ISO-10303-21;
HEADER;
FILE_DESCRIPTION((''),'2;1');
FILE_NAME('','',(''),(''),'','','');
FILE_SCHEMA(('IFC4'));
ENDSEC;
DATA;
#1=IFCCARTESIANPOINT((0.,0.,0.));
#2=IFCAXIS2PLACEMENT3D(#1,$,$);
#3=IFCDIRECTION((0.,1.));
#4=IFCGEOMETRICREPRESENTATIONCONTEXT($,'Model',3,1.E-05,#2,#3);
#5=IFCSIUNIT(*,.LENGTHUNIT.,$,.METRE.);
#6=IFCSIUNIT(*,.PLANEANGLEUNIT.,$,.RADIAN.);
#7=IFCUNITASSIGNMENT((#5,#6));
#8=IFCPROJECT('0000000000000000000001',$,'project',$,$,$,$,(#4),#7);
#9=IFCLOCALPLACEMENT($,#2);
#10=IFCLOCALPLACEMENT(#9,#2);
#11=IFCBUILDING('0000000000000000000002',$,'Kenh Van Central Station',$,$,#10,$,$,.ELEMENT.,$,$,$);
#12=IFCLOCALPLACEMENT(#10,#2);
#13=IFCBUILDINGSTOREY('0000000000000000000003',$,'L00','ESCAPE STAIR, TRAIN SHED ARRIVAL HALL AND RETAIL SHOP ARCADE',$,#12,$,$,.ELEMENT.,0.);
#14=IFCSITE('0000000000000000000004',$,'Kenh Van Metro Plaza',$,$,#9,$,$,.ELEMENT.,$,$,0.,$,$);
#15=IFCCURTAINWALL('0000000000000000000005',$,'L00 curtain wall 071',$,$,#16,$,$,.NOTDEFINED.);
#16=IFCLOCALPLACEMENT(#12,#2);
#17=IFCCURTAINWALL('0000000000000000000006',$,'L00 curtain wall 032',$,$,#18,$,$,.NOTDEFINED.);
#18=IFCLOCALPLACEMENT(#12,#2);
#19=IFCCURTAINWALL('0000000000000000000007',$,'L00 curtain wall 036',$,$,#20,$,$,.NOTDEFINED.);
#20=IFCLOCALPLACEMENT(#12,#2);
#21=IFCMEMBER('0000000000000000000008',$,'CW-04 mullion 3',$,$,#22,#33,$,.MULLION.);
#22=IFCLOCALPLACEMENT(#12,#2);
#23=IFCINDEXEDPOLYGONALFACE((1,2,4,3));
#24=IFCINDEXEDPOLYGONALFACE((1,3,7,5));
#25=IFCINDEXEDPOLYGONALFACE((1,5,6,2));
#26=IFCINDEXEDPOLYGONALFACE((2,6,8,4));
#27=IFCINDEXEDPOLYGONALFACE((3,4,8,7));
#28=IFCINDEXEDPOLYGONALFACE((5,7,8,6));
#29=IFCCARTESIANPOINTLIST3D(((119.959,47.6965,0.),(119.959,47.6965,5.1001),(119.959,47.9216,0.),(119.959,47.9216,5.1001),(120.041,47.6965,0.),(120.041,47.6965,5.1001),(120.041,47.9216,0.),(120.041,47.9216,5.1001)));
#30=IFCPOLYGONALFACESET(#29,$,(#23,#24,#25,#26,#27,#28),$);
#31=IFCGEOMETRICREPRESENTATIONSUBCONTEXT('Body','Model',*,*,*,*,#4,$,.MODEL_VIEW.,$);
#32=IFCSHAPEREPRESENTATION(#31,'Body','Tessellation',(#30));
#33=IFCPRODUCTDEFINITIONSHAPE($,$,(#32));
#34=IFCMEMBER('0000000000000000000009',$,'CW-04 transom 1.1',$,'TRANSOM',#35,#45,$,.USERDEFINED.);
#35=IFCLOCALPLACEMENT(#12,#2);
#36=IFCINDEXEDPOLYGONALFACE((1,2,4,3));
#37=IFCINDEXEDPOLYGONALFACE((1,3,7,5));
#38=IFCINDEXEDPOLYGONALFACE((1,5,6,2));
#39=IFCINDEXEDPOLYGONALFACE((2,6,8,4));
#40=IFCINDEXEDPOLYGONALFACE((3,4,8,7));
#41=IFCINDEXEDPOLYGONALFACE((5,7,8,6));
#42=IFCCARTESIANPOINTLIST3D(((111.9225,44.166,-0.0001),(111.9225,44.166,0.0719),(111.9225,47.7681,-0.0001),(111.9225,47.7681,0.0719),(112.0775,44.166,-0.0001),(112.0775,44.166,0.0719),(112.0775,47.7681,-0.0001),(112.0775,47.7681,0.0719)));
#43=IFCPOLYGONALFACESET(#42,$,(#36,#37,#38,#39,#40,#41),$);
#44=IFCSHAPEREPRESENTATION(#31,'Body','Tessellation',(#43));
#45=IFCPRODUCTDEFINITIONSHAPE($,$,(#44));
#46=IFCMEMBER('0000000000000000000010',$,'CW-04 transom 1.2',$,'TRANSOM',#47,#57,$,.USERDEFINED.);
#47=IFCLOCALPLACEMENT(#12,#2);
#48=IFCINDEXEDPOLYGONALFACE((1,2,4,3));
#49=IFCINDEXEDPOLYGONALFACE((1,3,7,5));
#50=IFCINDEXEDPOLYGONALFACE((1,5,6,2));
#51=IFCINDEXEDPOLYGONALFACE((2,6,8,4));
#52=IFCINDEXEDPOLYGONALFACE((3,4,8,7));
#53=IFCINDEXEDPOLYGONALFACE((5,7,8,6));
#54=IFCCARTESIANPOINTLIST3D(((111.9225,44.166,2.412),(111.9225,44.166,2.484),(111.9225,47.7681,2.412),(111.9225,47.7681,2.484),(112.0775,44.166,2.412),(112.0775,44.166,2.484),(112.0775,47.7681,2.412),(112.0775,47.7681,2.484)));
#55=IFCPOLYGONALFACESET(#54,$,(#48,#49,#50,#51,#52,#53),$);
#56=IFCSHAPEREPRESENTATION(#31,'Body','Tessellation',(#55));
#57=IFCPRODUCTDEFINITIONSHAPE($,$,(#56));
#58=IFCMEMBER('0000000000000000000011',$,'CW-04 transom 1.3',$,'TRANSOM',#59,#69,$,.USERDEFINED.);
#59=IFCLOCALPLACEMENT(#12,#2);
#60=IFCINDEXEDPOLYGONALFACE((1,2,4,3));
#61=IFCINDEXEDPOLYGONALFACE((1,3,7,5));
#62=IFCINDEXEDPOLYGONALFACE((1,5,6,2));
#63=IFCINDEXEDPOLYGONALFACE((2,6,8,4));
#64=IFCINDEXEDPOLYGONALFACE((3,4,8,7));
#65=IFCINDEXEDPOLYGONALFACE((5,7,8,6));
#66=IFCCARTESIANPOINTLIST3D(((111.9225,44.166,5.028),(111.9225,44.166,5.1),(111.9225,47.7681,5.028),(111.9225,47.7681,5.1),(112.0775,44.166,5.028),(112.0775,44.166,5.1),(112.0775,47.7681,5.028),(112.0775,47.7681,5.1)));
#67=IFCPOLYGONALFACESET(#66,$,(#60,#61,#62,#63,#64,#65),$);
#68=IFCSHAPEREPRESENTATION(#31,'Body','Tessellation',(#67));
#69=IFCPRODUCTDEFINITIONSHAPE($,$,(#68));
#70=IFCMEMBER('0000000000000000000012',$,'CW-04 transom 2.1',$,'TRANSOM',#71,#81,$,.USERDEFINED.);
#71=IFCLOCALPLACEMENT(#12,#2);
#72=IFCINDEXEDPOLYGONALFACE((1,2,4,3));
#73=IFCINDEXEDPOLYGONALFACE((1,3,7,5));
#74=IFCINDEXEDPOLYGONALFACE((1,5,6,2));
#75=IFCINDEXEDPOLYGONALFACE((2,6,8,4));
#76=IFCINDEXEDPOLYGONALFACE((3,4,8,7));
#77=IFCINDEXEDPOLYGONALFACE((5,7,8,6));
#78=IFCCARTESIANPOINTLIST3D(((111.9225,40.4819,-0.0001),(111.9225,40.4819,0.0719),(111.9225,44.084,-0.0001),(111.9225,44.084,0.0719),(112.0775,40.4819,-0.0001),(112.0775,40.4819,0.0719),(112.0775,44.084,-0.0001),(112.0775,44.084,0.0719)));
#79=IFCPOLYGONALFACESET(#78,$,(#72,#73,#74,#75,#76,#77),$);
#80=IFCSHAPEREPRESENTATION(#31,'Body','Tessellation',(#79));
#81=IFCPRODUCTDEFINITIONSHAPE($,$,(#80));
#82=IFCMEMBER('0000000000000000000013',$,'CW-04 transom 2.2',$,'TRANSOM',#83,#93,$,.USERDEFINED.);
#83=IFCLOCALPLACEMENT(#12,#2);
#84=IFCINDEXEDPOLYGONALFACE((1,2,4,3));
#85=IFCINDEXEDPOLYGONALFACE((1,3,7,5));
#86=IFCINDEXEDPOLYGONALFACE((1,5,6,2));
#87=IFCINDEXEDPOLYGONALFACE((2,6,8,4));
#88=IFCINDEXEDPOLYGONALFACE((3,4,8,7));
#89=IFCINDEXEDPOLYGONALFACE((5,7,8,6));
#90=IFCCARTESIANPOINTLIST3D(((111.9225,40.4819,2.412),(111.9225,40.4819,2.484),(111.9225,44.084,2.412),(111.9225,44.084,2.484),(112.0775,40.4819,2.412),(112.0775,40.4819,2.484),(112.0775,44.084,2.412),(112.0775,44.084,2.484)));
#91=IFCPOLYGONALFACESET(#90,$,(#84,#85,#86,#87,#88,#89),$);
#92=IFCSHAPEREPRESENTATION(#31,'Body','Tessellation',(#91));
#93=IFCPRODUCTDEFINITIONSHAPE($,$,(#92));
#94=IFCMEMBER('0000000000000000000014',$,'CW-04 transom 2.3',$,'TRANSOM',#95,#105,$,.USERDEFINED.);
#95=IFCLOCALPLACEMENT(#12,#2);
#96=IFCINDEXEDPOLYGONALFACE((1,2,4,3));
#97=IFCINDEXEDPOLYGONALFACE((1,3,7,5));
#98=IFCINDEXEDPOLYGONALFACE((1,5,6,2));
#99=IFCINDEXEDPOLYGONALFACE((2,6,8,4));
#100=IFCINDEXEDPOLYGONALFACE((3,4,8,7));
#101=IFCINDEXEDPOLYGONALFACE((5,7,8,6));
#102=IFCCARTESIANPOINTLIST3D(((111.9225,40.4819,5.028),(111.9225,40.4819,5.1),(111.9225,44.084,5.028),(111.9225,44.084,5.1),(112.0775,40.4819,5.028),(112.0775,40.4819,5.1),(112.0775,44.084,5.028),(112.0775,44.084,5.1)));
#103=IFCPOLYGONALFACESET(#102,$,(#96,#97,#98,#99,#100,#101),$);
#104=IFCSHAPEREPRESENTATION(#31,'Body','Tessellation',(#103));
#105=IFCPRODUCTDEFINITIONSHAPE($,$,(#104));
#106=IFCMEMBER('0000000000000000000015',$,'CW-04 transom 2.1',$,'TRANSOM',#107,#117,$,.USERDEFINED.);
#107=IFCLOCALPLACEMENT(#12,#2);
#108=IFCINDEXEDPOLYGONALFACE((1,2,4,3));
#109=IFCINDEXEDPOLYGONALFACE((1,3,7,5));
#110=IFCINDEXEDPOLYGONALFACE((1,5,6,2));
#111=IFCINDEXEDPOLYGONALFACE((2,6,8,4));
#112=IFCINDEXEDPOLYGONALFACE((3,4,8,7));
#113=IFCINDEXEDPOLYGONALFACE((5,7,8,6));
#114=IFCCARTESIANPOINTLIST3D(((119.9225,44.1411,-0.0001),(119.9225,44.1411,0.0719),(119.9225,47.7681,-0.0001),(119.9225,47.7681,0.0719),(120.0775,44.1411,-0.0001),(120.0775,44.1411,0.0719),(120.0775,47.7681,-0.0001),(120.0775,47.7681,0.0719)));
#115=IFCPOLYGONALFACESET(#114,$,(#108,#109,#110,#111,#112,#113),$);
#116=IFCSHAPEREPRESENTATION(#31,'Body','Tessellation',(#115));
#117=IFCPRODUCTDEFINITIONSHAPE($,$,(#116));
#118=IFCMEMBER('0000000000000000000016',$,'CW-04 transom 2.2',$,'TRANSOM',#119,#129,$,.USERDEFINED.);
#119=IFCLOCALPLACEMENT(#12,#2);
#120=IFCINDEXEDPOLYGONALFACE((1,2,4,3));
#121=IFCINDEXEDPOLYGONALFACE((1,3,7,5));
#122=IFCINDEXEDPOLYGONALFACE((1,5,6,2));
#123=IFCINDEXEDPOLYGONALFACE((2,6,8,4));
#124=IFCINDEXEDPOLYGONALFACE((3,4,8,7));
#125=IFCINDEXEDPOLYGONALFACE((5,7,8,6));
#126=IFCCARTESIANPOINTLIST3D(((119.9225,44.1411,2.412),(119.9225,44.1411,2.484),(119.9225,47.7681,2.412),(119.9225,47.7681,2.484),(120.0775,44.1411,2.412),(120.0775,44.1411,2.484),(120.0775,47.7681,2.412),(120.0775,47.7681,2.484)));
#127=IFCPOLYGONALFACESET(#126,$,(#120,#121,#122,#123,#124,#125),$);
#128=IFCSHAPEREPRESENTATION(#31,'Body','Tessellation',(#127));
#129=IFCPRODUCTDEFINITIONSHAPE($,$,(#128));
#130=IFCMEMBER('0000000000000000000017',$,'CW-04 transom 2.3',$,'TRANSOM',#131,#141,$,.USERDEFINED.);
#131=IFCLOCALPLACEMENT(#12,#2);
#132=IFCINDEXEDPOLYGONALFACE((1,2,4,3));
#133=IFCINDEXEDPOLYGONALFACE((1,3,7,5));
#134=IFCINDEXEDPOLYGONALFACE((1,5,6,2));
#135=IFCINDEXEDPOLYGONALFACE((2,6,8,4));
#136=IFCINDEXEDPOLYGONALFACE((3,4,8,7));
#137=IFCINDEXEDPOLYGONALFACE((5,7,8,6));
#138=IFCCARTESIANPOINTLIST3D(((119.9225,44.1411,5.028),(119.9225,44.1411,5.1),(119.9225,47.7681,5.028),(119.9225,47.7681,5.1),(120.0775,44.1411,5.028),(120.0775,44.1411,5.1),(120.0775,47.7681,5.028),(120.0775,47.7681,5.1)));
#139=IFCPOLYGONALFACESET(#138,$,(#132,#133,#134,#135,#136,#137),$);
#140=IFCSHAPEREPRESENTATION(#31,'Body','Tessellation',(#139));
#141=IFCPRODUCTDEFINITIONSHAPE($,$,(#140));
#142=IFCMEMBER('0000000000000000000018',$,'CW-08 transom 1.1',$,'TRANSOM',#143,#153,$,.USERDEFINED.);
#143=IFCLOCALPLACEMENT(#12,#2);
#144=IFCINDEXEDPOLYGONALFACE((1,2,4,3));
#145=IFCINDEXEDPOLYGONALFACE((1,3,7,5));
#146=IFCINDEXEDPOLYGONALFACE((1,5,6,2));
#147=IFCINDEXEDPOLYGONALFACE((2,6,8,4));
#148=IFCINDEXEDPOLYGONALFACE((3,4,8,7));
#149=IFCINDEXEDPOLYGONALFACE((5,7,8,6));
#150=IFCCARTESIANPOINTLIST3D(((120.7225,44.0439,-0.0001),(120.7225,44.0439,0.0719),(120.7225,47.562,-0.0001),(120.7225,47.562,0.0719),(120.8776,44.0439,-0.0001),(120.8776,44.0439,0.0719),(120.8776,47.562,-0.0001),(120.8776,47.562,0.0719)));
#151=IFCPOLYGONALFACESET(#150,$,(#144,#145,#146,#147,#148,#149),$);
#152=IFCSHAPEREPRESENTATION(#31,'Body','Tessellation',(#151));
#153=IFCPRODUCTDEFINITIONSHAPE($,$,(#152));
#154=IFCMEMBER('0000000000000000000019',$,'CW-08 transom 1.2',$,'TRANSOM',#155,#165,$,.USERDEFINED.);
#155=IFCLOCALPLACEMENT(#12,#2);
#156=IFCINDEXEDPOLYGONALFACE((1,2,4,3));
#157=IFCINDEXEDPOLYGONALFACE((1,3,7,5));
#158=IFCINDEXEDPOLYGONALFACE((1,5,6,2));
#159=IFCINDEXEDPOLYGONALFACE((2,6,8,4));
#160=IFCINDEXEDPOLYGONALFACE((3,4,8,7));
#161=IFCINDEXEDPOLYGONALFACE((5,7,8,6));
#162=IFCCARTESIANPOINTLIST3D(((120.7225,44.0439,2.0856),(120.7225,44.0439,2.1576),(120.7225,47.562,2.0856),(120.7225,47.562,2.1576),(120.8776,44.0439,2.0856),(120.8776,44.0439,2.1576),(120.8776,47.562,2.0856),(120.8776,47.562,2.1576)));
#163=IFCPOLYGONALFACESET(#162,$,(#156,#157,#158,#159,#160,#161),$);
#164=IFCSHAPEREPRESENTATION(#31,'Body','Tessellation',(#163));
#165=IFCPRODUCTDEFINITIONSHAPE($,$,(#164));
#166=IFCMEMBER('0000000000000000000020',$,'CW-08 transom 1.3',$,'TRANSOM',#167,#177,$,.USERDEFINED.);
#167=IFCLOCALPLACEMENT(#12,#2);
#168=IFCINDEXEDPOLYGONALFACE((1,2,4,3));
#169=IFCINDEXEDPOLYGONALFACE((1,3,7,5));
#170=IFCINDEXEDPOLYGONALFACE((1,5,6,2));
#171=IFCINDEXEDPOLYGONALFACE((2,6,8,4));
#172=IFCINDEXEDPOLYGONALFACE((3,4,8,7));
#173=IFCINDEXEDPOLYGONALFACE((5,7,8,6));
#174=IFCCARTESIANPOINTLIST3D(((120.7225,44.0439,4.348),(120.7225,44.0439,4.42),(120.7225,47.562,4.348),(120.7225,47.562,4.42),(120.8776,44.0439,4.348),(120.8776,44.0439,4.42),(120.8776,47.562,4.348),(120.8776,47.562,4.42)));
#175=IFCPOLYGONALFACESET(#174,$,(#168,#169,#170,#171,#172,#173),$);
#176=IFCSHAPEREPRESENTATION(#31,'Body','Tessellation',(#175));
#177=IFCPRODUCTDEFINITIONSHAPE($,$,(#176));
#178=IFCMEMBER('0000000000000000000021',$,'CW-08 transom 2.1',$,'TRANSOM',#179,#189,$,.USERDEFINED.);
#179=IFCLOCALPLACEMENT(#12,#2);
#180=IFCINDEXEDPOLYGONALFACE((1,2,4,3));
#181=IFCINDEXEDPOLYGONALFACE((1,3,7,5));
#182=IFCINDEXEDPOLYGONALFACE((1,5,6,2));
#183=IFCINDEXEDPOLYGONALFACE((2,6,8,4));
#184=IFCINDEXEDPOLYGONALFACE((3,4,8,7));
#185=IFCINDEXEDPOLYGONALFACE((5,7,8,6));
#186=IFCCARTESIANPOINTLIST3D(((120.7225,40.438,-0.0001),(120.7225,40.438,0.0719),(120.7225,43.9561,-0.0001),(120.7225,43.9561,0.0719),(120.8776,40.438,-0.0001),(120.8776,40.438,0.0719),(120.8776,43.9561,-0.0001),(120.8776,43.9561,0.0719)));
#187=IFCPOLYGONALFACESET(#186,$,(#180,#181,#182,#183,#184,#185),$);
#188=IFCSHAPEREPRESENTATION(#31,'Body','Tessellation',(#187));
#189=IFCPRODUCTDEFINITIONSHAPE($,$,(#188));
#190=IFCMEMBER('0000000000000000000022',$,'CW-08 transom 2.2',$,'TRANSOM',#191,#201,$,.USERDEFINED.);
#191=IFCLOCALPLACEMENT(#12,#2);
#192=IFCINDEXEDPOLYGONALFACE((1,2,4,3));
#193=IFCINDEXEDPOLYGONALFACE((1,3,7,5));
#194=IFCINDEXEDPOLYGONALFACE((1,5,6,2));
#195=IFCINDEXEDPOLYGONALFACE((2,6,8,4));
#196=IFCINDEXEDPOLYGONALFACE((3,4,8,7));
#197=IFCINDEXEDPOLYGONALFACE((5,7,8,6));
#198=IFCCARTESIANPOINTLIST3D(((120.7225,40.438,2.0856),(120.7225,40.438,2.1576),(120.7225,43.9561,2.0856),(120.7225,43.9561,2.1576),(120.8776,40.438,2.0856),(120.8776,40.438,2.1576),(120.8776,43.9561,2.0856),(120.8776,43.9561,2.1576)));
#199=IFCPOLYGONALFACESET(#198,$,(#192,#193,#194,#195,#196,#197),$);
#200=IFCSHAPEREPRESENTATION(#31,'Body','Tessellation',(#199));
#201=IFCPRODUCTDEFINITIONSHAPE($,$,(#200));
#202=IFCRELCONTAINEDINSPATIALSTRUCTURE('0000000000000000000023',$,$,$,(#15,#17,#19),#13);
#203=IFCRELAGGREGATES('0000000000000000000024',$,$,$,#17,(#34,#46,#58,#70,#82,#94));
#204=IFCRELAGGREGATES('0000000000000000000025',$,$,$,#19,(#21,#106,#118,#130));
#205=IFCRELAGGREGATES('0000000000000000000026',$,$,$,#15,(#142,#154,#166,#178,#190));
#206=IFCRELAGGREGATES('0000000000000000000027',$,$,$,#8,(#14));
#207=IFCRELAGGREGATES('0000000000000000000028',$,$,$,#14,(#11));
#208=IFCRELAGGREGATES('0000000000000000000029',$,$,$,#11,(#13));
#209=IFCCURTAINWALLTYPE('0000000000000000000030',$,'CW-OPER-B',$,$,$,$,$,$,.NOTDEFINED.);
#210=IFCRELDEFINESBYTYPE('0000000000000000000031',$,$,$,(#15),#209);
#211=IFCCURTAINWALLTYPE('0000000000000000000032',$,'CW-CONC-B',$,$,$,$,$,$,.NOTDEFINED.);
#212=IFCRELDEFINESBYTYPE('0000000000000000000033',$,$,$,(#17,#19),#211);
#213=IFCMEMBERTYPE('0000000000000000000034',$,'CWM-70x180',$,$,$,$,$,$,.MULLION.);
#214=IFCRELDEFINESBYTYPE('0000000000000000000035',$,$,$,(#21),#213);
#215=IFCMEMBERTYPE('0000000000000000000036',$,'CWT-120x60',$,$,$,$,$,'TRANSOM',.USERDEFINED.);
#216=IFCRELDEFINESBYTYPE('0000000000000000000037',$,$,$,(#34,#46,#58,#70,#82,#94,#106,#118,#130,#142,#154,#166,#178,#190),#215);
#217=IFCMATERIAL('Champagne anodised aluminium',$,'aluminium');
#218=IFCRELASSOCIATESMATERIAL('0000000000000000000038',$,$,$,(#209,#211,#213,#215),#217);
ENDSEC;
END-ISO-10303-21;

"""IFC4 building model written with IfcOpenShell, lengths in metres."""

from ifc_helpers import new_model, si_unit, direction, frame, origin, origin_2d, place, context, subcontext, project, spatial, rectangle, extrude, material, material_profile, profile_set, type_object, element, aggregate, save


model = new_model("IFC4")

# Units and contexts
model_context = context("Model", 3, precision=1e-05, world=origin(), true_north=direction((0.0, 1.0)))
body_context = subcontext(model_context, "Body", "Model", "MODEL_VIEW")
ifc_project = project(units=[si_unit("LENGTHUNIT", "METRE"), si_unit("PLANEANGLEUNIT", "RADIAN")], contexts=[model_context])

# Site, building, storey
site_placement = place(None, origin())
site = spatial("IfcSite", under=ifc_project, at=site_placement, Name="Kenh Van Metro Plaza", CompositionType="ELEMENT", RefElevation=0.0)
building_placement = place(site_placement, origin())
building = spatial("IfcBuilding", under=site, at=building_placement, Name="Kenh Van Central Station", CompositionType="ELEMENT")
storey_placement = place(building_placement, origin())
storey = spatial("IfcBuildingStorey", under=building, at=storey_placement, Name="L00", Description="ESCAPE STAIR, TRAIN SHED ARRIVAL HALL AND RETAIL SHOP ARCADE", CompositionType="ELEMENT", Elevation=0.0)

# Curtain walls, member
ifc_material_1 = material(Name="Champagne anodised aluminium", Category="aluminium")
curtain_wall_type_1 = type_object("IfcCurtainWallType", Name="CW-OPER-B", PredefinedType="NOTDEFINED", material=ifc_material_1)
curtain_wall_1_placement = place(storey_placement, origin())
curtain_wall_1 = element("IfcCurtainWall", 1, at=curtain_wall_1_placement, inside=storey, type_object=curtain_wall_type_1, Name="L00 curtain wall 071", PredefinedType="NOTDEFINED")
curtain_wall_type_2 = type_object("IfcCurtainWallType", Name="CW-CONC-B", PredefinedType="NOTDEFINED", material=ifc_material_1)
curtain_wall_2_placement = place(storey_placement, origin())
curtain_wall_2 = element("IfcCurtainWall", 2, at=curtain_wall_2_placement, inside=storey, type_object=curtain_wall_type_2, Name="L00 curtain wall 032", PredefinedType="NOTDEFINED")
ifc_material_profile_1 = material_profile(ifc_material_1, rectangle(XDim=0.082, YDim=0.2251, at=origin_2d()), Name="AL 82x225")
ifc_profile_set_1 = profile_set([ifc_material_profile_1], Name="Champagne anodised aluminium")
member_type_1 = type_object("IfcMemberType", Name="CWM-70x180", PredefinedType="MULLION", material=ifc_profile_set_1)
curtain_wall_3_placement = place(storey_placement, origin())
curtain_wall_3 = element("IfcCurtainWall", 3, at=curtain_wall_3_placement, inside=storey, type_object=curtain_wall_type_2, Name="L00 curtain wall 036", PredefinedType="NOTDEFINED")
member_1_placement = place(storey_placement, frame((120.0, 47.8091, 0.0), z_axis=(0.0, 0.0, 1.0), x_axis=(-1.0, 0.0, 0.0)))
member_1 = element("IfcMember", 4, at=member_1_placement, type_object=member_type_1, Name="CW-04 mullion 3", PredefinedType="MULLION", context=body_context, shape_type="SweptSolid", body=[
    extrude(rectangle(XDim=0.082, YDim=0.2251, at=origin_2d()), origin(), (0.0, 0.0, 1.0), 5.1001),
])

# Members
ifc_material_profile_2 = material_profile(ifc_material_1, rectangle(XDim=0.155, YDim=0.072, at=origin_2d()), Name="AL 155x72")
ifc_profile_set_2 = profile_set([ifc_material_profile_2], Name="Champagne anodised aluminium")
member_type_2 = type_object("IfcMemberType", Name="CWT-120x60", ElementType="TRANSOM", PredefinedType="USERDEFINED", material=ifc_profile_set_2)
member_2_placement = place(storey_placement, frame((112.0, 47.7681, 0.0359), z_axis=(0.0, -1.0, 0.0), x_axis=(1.0, 0.0, 0.0)))
member_2 = element("IfcMember", 5, at=member_2_placement, type_object=member_type_2, Name="CW-04 transom 1.1", ObjectType="TRANSOM", PredefinedType="USERDEFINED", context=body_context, shape_type="SweptSolid", body=[
    extrude(rectangle(XDim=0.155, YDim=0.072, at=origin_2d()), origin(), (0.0, 0.0, 1.0), 3.6021),
])
member_3_placement = place(storey_placement, frame((112.0, 47.7681, 2.448), z_axis=(0.0, -1.0, 0.0), x_axis=(1.0, 0.0, 0.0)))
member_3 = element("IfcMember", 6, at=member_3_placement, type_object=member_type_2, Name="CW-04 transom 1.2", ObjectType="TRANSOM", PredefinedType="USERDEFINED", context=body_context, shape_type="SweptSolid", body=[
    extrude(rectangle(XDim=0.155, YDim=0.072, at=origin_2d()), origin(), (0.0, 0.0, 1.0), 3.6021),
])
member_4_placement = place(storey_placement, frame((112.0, 47.7681, 5.064), z_axis=(0.0, -1.0, 0.0), x_axis=(1.0, 0.0, 0.0)))
member_4 = element("IfcMember", 7, at=member_4_placement, type_object=member_type_2, Name="CW-04 transom 1.3", ObjectType="TRANSOM", PredefinedType="USERDEFINED", context=body_context, shape_type="SweptSolid", body=[
    extrude(rectangle(XDim=0.155, YDim=0.072, at=origin_2d()), origin(), (0.0, 0.0, 1.0), 3.6021),
])
member_5_placement = place(storey_placement, frame((112.0, 44.084, 0.0359), z_axis=(0.0, -1.0, 0.0), x_axis=(1.0, 0.0, 0.0)))
member_5 = element("IfcMember", 8, at=member_5_placement, type_object=member_type_2, Name="CW-04 transom 2.1", ObjectType="TRANSOM", PredefinedType="USERDEFINED", context=body_context, shape_type="SweptSolid", body=[
    extrude(rectangle(XDim=0.155, YDim=0.072, at=origin_2d()), origin(), (0.0, 0.0, 1.0), 3.6021),
])
member_6_placement = place(storey_placement, frame((112.0, 44.084, 2.448), z_axis=(0.0, -1.0, 0.0), x_axis=(1.0, 0.0, 0.0)))
member_6 = element("IfcMember", 9, at=member_6_placement, type_object=member_type_2, Name="CW-04 transom 2.2", ObjectType="TRANSOM", PredefinedType="USERDEFINED", context=body_context, shape_type="SweptSolid", body=[
    extrude(rectangle(XDim=0.155, YDim=0.072, at=origin_2d()), origin(), (0.0, 0.0, 1.0), 3.6021),
])
member_7_placement = place(storey_placement, frame((112.0, 44.084, 5.064), z_axis=(0.0, -1.0, 0.0), x_axis=(1.0, 0.0, 0.0)))
member_7 = element("IfcMember", 10, at=member_7_placement, type_object=member_type_2, Name="CW-04 transom 2.3", ObjectType="TRANSOM", PredefinedType="USERDEFINED", context=body_context, shape_type="SweptSolid", body=[
    extrude(rectangle(XDim=0.155, YDim=0.072, at=origin_2d()), origin(), (0.0, 0.0, 1.0), 3.6021),
])
member_8_placement = place(storey_placement, frame((120.0, 44.1411, 0.0359), z_axis=(0.0, 1.0, 0.0), x_axis=(-1.0, 0.0, 0.0)))
member_8 = element("IfcMember", 11, at=member_8_placement, type_object=member_type_2, Name="CW-04 transom 2.1", ObjectType="TRANSOM", PredefinedType="USERDEFINED", context=body_context, shape_type="SweptSolid", body=[
    extrude(rectangle(XDim=0.155, YDim=0.072, at=origin_2d()), origin(), (0.0, 0.0, 1.0), 3.627),
])
member_9_placement = place(storey_placement, frame((120.0, 44.1411, 2.448), z_axis=(0.0, 1.0, 0.0), x_axis=(-1.0, 0.0, 0.0)))
member_9 = element("IfcMember", 12, at=member_9_placement, type_object=member_type_2, Name="CW-04 transom 2.2", ObjectType="TRANSOM", PredefinedType="USERDEFINED", context=body_context, shape_type="SweptSolid", body=[
    extrude(rectangle(XDim=0.155, YDim=0.072, at=origin_2d()), origin(), (0.0, 0.0, 1.0), 3.627),
])
member_10_placement = place(storey_placement, frame((120.0, 44.1411, 5.064), z_axis=(0.0, 1.0, 0.0), x_axis=(-1.0, 0.0, 0.0)))
member_10 = element("IfcMember", 13, at=member_10_placement, type_object=member_type_2, Name="CW-04 transom 2.3", ObjectType="TRANSOM", PredefinedType="USERDEFINED", context=body_context, shape_type="SweptSolid", body=[
    extrude(rectangle(XDim=0.155, YDim=0.072, at=origin_2d()), origin(), (0.0, 0.0, 1.0), 3.627),
])
member_11_placement = place(storey_placement, frame((120.8, 47.562, 0.0359), z_axis=(0.0, -1.0, 0.0), x_axis=(1.0, 0.0, 0.0)))
member_11 = element("IfcMember", 14, at=member_11_placement, type_object=member_type_2, Name="CW-08 transom 1.1", ObjectType="TRANSOM", PredefinedType="USERDEFINED", context=body_context, shape_type="SweptSolid", body=[
    extrude(rectangle(XDim=0.155, YDim=0.072, at=origin_2d()), origin(), (0.0, 0.0, 1.0), 3.5181),
])
member_12_placement = place(storey_placement, frame((120.8, 47.562, 2.1216), z_axis=(0.0, -1.0, 0.0), x_axis=(1.0, 0.0, 0.0)))
member_12 = element("IfcMember", 15, at=member_12_placement, type_object=member_type_2, Name="CW-08 transom 1.2", ObjectType="TRANSOM", PredefinedType="USERDEFINED", context=body_context, shape_type="SweptSolid", body=[
    extrude(rectangle(XDim=0.155, YDim=0.072, at=origin_2d()), origin(), (0.0, 0.0, 1.0), 3.5181),
])
member_13_placement = place(storey_placement, frame((120.8, 47.562, 4.384), z_axis=(0.0, -1.0, 0.0), x_axis=(1.0, 0.0, 0.0)))
member_13 = element("IfcMember", 16, at=member_13_placement, type_object=member_type_2, Name="CW-08 transom 1.3", ObjectType="TRANSOM", PredefinedType="USERDEFINED", context=body_context, shape_type="SweptSolid", body=[
    extrude(rectangle(XDim=0.155, YDim=0.072, at=origin_2d()), origin(), (0.0, 0.0, 1.0), 3.5181),
])
member_14_placement = place(storey_placement, frame((120.8, 43.9561, 0.0359), z_axis=(0.0, -1.0, 0.0), x_axis=(1.0, 0.0, 0.0)))
member_14 = element("IfcMember", 17, at=member_14_placement, type_object=member_type_2, Name="CW-08 transom 2.1", ObjectType="TRANSOM", PredefinedType="USERDEFINED", context=body_context, shape_type="SweptSolid", body=[
    extrude(rectangle(XDim=0.155, YDim=0.072, at=origin_2d()), origin(), (0.0, 0.0, 1.0), 3.5181),
])
member_15_placement = place(storey_placement, frame((120.8, 43.9561, 2.1216), z_axis=(0.0, -1.0, 0.0), x_axis=(1.0, 0.0, 0.0)))
member_15 = element("IfcMember", 18, at=member_15_placement, type_object=member_type_2, Name="CW-08 transom 2.2", ObjectType="TRANSOM", PredefinedType="USERDEFINED", context=body_context, shape_type="SweptSolid", body=[
    extrude(rectangle(XDim=0.155, YDim=0.072, at=origin_2d()), origin(), (0.0, 0.0, 1.0), 3.5181),
])

aggregate(curtain_wall_2, [member_2, member_3, member_4, member_5, member_6, member_7])
aggregate(curtain_wall_3, [member_1, member_8, member_9, member_10])
aggregate(curtain_wall_1, [member_11, member_12, member_13, member_14, member_15])

save(model, "model.ifc")
